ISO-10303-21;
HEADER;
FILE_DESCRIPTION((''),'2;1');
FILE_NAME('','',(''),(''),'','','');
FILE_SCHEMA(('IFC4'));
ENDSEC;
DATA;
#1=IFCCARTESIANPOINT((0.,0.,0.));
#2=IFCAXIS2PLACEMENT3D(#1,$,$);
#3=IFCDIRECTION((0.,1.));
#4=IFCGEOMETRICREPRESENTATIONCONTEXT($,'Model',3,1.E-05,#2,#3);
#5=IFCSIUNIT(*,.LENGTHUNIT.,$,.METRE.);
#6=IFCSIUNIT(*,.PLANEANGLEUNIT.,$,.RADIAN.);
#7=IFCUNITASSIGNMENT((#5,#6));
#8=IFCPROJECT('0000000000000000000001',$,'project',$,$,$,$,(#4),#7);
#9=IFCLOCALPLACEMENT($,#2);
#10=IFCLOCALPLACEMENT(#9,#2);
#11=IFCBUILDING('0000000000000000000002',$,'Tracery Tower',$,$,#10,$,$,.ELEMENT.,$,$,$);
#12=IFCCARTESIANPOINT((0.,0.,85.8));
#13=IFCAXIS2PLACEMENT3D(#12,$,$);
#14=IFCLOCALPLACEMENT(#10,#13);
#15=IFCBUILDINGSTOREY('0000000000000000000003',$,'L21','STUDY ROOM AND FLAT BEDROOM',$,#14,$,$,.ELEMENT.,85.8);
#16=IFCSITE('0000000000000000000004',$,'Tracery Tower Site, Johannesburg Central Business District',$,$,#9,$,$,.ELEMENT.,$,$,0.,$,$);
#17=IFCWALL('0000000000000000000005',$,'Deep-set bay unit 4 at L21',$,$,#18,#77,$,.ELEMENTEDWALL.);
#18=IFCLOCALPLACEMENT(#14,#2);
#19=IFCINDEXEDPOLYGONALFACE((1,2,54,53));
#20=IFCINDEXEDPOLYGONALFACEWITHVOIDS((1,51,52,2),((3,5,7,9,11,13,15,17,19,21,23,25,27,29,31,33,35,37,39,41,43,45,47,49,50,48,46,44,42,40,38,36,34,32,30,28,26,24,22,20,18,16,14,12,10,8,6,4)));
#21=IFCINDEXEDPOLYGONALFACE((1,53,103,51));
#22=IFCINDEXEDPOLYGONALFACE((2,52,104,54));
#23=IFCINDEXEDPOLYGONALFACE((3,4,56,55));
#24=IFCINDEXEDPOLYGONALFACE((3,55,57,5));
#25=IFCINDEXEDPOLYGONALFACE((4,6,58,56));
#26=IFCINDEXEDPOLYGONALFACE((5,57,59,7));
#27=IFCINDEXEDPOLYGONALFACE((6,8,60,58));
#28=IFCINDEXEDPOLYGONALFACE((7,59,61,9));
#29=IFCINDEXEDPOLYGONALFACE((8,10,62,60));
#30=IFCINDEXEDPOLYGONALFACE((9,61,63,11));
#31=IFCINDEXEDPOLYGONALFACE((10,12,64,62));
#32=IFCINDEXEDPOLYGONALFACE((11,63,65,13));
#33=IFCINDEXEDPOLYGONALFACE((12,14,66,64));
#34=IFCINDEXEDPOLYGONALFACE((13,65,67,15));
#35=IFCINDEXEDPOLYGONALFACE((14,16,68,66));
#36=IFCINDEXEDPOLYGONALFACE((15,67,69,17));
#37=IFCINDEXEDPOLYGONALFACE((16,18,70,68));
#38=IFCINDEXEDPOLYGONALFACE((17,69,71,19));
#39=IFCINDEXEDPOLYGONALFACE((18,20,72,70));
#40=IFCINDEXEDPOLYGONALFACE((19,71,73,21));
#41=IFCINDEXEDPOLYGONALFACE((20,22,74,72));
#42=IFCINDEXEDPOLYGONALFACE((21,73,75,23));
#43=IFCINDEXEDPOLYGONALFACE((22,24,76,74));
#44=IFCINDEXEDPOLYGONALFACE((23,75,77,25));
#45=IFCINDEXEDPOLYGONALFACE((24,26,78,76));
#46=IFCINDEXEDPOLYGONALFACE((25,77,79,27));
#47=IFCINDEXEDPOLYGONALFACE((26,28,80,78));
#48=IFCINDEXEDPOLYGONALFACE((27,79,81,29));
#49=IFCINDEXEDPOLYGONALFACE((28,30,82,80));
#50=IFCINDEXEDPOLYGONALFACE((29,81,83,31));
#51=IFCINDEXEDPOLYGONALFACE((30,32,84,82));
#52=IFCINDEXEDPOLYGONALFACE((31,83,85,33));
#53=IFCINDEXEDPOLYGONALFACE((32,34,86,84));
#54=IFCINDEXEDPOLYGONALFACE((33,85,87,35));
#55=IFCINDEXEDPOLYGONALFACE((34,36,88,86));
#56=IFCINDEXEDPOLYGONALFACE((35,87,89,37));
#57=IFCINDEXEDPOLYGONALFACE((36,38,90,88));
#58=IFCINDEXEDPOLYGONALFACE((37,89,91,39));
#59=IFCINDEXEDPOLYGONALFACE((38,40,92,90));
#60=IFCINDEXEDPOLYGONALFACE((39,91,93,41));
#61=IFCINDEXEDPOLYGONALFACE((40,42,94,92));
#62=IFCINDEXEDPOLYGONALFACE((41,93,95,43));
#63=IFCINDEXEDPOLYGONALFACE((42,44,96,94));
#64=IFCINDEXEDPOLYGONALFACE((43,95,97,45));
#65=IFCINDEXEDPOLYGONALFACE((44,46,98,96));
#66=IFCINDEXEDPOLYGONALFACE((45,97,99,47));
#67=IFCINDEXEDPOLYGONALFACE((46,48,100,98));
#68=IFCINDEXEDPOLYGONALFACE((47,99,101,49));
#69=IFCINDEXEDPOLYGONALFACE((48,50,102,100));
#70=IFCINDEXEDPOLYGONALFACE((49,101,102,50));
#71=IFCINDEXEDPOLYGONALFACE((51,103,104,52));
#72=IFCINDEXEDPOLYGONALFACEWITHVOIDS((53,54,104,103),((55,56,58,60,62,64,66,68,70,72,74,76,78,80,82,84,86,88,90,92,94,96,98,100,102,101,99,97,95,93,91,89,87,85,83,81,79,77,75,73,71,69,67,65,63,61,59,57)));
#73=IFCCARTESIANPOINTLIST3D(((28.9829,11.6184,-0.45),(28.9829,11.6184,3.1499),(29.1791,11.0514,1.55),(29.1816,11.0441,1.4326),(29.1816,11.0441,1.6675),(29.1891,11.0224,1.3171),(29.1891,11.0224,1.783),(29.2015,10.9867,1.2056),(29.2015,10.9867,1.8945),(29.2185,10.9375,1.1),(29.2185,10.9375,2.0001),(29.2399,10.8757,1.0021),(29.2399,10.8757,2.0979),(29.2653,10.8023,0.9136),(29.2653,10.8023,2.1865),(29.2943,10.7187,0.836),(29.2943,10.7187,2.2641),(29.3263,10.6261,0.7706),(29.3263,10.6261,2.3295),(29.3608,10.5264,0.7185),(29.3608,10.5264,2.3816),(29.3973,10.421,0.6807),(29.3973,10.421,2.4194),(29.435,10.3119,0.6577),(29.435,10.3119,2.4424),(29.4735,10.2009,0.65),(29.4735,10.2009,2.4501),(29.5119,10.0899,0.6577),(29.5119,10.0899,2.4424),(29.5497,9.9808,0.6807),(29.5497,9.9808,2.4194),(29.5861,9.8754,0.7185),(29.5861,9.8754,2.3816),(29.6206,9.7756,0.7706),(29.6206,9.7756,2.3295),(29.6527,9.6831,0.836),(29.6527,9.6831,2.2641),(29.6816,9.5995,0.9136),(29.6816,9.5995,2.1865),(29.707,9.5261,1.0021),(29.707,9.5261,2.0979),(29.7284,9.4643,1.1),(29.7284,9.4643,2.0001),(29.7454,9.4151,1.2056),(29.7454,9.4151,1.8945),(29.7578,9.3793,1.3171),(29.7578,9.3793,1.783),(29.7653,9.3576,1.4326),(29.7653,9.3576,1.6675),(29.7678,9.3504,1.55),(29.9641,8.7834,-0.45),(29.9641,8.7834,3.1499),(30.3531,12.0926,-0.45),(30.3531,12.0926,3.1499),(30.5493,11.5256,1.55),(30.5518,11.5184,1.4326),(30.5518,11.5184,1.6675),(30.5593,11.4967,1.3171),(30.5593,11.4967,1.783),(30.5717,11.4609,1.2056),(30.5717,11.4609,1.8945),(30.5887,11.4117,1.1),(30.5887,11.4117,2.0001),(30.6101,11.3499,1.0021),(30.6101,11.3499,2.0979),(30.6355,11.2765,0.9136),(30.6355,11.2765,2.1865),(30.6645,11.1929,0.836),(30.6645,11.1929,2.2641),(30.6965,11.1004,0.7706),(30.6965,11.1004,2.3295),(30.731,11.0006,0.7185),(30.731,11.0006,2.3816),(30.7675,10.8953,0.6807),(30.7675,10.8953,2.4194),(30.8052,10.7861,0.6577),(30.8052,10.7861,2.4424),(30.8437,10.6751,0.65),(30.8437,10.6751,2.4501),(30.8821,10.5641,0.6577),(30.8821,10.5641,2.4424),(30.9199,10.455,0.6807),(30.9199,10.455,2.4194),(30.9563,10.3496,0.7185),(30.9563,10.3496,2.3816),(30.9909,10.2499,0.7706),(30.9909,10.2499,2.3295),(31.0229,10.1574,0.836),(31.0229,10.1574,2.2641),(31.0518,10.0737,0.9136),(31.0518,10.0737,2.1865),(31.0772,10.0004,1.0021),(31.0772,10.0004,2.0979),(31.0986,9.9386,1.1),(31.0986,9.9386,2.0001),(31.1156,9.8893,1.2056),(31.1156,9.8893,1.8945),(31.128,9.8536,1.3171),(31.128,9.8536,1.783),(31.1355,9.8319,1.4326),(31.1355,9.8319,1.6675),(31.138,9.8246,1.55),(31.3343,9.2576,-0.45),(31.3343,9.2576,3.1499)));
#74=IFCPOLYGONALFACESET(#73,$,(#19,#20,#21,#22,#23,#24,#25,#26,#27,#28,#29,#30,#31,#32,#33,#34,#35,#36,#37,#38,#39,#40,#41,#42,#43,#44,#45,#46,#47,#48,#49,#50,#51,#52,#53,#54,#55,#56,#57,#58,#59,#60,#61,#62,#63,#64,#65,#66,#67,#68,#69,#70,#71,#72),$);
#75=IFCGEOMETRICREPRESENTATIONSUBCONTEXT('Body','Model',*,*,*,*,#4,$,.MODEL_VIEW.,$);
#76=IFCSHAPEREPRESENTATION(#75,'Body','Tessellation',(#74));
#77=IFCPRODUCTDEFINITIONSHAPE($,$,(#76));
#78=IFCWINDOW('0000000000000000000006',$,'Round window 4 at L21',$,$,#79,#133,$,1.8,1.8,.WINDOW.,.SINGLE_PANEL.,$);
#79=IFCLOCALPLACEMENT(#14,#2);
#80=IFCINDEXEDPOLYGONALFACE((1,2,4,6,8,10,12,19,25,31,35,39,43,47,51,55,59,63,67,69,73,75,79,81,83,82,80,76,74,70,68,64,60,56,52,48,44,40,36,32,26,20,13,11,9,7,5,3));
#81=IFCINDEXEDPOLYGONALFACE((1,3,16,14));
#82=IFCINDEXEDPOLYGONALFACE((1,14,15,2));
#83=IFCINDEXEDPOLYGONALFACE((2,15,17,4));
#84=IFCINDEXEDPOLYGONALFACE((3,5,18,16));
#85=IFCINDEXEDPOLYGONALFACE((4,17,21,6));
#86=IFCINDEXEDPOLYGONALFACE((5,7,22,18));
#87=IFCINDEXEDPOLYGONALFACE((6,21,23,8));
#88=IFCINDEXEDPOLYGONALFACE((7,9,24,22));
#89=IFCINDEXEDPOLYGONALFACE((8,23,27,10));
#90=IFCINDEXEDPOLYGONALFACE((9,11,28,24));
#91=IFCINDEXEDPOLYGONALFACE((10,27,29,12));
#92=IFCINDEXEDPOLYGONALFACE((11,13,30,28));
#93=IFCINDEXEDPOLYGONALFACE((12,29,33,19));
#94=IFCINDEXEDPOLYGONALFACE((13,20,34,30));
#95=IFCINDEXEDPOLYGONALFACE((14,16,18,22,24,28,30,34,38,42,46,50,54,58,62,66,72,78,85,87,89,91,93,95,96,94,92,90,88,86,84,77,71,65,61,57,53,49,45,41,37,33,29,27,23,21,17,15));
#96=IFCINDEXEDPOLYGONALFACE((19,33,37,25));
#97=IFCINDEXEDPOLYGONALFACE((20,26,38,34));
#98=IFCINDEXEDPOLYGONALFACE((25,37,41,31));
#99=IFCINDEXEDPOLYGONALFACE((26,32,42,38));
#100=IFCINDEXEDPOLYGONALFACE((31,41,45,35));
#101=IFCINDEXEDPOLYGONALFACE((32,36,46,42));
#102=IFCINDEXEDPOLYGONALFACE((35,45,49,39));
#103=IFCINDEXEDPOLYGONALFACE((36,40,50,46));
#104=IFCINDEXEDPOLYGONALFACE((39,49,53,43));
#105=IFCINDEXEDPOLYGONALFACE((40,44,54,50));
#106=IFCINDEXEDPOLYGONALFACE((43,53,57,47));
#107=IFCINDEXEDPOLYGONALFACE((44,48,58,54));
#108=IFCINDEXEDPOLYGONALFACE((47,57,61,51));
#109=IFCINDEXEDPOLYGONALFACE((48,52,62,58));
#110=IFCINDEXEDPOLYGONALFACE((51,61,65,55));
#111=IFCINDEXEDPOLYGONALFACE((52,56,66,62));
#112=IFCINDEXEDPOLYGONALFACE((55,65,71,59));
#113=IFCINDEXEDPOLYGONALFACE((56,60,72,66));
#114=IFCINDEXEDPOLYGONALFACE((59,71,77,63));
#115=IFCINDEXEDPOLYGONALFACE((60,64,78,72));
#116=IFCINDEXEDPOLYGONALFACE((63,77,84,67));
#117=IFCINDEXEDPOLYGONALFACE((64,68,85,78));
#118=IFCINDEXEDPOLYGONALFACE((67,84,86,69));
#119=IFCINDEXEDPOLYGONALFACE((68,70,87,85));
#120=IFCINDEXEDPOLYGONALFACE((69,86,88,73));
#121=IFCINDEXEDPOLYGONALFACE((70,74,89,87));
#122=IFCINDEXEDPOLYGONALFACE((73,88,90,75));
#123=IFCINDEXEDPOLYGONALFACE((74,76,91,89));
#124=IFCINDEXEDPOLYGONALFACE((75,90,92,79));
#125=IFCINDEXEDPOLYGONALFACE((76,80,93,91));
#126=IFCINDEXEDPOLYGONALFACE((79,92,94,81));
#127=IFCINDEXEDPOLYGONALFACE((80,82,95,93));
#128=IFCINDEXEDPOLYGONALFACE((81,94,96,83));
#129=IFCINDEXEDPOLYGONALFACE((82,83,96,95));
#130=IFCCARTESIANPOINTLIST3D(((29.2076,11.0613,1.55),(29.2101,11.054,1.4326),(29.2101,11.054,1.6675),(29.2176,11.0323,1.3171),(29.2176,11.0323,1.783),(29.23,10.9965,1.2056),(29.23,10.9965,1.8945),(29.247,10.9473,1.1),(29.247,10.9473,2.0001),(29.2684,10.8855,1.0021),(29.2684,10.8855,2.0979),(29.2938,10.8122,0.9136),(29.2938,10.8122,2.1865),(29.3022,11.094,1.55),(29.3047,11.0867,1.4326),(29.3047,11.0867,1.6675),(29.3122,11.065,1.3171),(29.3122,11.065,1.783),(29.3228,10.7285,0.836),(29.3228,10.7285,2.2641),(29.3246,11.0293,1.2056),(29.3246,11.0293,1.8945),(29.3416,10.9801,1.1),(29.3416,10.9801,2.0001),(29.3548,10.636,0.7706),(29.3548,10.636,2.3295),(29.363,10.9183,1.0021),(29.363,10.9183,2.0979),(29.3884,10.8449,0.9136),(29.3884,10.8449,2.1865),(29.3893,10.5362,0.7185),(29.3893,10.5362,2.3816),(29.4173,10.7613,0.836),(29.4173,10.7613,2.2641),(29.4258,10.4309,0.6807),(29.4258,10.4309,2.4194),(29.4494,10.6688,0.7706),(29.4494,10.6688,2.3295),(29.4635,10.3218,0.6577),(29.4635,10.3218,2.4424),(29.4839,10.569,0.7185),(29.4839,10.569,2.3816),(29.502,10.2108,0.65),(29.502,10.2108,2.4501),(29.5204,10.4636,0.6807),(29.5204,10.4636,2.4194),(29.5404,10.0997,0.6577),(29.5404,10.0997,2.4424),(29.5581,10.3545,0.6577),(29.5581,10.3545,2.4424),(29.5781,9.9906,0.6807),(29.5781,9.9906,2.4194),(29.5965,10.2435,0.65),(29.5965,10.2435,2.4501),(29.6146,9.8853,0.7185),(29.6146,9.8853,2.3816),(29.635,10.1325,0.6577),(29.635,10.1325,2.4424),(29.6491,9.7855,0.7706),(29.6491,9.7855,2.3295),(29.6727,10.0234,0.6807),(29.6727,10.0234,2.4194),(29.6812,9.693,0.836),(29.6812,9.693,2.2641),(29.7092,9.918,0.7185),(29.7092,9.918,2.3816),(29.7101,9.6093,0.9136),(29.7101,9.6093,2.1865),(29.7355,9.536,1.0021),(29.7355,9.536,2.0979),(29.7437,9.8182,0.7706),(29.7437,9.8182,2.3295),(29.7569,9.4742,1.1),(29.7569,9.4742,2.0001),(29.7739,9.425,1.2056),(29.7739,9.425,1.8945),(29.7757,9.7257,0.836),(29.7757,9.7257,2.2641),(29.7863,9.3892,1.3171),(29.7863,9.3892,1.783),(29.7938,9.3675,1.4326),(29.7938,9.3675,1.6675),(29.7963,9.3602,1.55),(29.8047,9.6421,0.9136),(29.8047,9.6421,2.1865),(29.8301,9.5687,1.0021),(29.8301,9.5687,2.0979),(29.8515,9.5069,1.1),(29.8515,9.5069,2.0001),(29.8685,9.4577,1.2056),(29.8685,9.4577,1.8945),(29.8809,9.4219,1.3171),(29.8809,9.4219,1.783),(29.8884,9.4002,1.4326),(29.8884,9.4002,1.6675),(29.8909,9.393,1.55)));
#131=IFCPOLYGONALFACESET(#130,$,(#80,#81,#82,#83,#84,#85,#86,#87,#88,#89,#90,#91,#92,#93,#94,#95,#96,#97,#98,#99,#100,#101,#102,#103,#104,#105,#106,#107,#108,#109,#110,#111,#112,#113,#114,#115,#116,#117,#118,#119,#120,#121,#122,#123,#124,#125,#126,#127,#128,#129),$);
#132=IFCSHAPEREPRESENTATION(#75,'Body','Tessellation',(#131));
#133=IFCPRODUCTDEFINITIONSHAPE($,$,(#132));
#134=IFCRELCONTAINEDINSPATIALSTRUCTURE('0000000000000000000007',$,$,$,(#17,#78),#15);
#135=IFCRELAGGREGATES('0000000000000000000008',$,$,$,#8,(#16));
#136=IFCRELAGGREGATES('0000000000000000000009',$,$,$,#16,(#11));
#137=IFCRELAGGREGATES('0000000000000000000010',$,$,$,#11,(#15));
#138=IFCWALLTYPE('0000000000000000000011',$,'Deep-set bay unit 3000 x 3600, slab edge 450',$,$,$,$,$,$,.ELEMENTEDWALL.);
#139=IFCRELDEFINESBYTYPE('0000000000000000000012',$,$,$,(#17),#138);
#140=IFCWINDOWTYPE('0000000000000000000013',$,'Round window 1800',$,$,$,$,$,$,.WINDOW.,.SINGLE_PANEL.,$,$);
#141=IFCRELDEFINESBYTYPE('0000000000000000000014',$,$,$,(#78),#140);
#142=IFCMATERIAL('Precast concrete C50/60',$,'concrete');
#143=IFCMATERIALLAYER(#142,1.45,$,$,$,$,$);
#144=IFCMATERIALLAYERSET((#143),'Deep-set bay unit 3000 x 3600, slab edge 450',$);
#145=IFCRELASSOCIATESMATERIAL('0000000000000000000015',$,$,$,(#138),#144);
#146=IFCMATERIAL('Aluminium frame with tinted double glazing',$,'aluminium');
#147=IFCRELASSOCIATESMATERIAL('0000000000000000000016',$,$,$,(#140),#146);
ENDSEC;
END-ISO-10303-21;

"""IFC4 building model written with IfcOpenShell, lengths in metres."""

from ifc_helpers import new_model, si_unit, direction, frame, frame_2d, origin, origin_2d, place, context, subcontext, project, spatial, rectangle, circle, extrude, material, layer, layer_set, type_object, element, fill, save


model = new_model("IFC4")

# Units and contexts
model_context = context("Model", 3, precision=1e-05, world=origin(), true_north=direction((0.0, 1.0)))
body_context = subcontext(model_context, "Body", "Model", "MODEL_VIEW")
ifc_project = project(units=[si_unit("LENGTHUNIT", "METRE"), si_unit("PLANEANGLEUNIT", "RADIAN")], contexts=[model_context])

# Site, building, storey
site_placement = place(None, origin())
site = spatial("IfcSite", under=ifc_project, at=site_placement, Name="Tracery Tower Site, Johannesburg Central Business District", CompositionType="ELEMENT", RefElevation=0.0)
building_placement = place(site_placement, origin())
building = spatial("IfcBuilding", under=site, at=building_placement, Name="Tracery Tower", CompositionType="ELEMENT")
storey_placement = place(building_placement, frame((0.0, 0.0, 85.8)))
storey = spatial("IfcBuildingStorey", under=building, at=storey_placement, Name="L21", Description="STUDY ROOM AND FLAT BEDROOM", CompositionType="ELEMENT", Elevation=85.8)

# Wall, opening, window
ifc_material_1 = material(Name="Precast concrete C50/60", Category="concrete")
ifc_layer_1 = layer(ifc_material_1, 1.45)
ifc_layer_set_1 = layer_set([ifc_layer_1], Name="Deep-set bay unit 3000 x 3600, slab edge 450")
wall_type_1 = type_object("IfcWallType", Name="Deep-set bay unit 3000 x 3600, slab edge 450", PredefinedType="ELEMENTEDWALL", material=ifc_layer_set_1)
ifc_material_2 = material(Name="Aluminium frame with tinted double glazing", Category="aluminium")
window_type = type_object("IfcWindowType", Name="Round window 1800", PartitioningType="SINGLE_PANEL", PredefinedType="WINDOW", material=ifc_material_2)
wall_1_placement = place(storey_placement, frame((30.6492, 9.0205, -0.45), z_axis=(0.0, 0.0, 1.0), x_axis=(-0.327071, 0.945, 0.0)))
wall_1 = element("IfcWall", 1, at=wall_1_placement, inside=storey, type_object=wall_type_1, Name="Deep-set bay unit 4 at L21", PredefinedType="ELEMENTEDWALL", context=body_context, shape_type="SweptSolid", body=[
    extrude(rectangle(XDim=3.0, YDim=1.45, at=frame_2d((1.5, 0.0))), origin(), (0.0, 0.0, 1.0), 3.5999),
])
opening_1_placement = place(wall_1_placement, frame((1.5, 0.0, 2.0)))
opening_1 = element("IfcOpeningElement", 2, at=opening_1_placement, cuts=wall_1, PredefinedType="OPENING", context=body_context, shape_type="SweptSolid", body=[
    extrude(circle(Radius=0.9, at=origin_2d()), frame((0.0, 0.7349, 0.0), z_axis=(0.0, -1.0, 0.0), x_axis=(1.0, 0.0, 0.0)), (0.0, 0.0, 1.0), 1.47),
])
window_1_placement = place(opening_1_placement, origin())
window_1 = element("IfcWindow", 3, at=window_1_placement, inside=storey, type_object=window_type, Name="Round window 4 at L21", OverallHeight=1.8, OverallWidth=1.8, PartitioningType="SINGLE_PANEL", PredefinedType="WINDOW", context=body_context, shape_type="SweptSolid", body=[
    extrude(circle(Radius=0.9, at=origin_2d()), frame((0.0, 0.6948, 0.0), z_axis=(0.0, -1.0, 0.0), x_axis=(1.0, 0.0, 0.0)), (0.0, 0.0, 1.0), 0.1001),
])
fill(opening_1, window_1)

save(model, "model.ifc")
